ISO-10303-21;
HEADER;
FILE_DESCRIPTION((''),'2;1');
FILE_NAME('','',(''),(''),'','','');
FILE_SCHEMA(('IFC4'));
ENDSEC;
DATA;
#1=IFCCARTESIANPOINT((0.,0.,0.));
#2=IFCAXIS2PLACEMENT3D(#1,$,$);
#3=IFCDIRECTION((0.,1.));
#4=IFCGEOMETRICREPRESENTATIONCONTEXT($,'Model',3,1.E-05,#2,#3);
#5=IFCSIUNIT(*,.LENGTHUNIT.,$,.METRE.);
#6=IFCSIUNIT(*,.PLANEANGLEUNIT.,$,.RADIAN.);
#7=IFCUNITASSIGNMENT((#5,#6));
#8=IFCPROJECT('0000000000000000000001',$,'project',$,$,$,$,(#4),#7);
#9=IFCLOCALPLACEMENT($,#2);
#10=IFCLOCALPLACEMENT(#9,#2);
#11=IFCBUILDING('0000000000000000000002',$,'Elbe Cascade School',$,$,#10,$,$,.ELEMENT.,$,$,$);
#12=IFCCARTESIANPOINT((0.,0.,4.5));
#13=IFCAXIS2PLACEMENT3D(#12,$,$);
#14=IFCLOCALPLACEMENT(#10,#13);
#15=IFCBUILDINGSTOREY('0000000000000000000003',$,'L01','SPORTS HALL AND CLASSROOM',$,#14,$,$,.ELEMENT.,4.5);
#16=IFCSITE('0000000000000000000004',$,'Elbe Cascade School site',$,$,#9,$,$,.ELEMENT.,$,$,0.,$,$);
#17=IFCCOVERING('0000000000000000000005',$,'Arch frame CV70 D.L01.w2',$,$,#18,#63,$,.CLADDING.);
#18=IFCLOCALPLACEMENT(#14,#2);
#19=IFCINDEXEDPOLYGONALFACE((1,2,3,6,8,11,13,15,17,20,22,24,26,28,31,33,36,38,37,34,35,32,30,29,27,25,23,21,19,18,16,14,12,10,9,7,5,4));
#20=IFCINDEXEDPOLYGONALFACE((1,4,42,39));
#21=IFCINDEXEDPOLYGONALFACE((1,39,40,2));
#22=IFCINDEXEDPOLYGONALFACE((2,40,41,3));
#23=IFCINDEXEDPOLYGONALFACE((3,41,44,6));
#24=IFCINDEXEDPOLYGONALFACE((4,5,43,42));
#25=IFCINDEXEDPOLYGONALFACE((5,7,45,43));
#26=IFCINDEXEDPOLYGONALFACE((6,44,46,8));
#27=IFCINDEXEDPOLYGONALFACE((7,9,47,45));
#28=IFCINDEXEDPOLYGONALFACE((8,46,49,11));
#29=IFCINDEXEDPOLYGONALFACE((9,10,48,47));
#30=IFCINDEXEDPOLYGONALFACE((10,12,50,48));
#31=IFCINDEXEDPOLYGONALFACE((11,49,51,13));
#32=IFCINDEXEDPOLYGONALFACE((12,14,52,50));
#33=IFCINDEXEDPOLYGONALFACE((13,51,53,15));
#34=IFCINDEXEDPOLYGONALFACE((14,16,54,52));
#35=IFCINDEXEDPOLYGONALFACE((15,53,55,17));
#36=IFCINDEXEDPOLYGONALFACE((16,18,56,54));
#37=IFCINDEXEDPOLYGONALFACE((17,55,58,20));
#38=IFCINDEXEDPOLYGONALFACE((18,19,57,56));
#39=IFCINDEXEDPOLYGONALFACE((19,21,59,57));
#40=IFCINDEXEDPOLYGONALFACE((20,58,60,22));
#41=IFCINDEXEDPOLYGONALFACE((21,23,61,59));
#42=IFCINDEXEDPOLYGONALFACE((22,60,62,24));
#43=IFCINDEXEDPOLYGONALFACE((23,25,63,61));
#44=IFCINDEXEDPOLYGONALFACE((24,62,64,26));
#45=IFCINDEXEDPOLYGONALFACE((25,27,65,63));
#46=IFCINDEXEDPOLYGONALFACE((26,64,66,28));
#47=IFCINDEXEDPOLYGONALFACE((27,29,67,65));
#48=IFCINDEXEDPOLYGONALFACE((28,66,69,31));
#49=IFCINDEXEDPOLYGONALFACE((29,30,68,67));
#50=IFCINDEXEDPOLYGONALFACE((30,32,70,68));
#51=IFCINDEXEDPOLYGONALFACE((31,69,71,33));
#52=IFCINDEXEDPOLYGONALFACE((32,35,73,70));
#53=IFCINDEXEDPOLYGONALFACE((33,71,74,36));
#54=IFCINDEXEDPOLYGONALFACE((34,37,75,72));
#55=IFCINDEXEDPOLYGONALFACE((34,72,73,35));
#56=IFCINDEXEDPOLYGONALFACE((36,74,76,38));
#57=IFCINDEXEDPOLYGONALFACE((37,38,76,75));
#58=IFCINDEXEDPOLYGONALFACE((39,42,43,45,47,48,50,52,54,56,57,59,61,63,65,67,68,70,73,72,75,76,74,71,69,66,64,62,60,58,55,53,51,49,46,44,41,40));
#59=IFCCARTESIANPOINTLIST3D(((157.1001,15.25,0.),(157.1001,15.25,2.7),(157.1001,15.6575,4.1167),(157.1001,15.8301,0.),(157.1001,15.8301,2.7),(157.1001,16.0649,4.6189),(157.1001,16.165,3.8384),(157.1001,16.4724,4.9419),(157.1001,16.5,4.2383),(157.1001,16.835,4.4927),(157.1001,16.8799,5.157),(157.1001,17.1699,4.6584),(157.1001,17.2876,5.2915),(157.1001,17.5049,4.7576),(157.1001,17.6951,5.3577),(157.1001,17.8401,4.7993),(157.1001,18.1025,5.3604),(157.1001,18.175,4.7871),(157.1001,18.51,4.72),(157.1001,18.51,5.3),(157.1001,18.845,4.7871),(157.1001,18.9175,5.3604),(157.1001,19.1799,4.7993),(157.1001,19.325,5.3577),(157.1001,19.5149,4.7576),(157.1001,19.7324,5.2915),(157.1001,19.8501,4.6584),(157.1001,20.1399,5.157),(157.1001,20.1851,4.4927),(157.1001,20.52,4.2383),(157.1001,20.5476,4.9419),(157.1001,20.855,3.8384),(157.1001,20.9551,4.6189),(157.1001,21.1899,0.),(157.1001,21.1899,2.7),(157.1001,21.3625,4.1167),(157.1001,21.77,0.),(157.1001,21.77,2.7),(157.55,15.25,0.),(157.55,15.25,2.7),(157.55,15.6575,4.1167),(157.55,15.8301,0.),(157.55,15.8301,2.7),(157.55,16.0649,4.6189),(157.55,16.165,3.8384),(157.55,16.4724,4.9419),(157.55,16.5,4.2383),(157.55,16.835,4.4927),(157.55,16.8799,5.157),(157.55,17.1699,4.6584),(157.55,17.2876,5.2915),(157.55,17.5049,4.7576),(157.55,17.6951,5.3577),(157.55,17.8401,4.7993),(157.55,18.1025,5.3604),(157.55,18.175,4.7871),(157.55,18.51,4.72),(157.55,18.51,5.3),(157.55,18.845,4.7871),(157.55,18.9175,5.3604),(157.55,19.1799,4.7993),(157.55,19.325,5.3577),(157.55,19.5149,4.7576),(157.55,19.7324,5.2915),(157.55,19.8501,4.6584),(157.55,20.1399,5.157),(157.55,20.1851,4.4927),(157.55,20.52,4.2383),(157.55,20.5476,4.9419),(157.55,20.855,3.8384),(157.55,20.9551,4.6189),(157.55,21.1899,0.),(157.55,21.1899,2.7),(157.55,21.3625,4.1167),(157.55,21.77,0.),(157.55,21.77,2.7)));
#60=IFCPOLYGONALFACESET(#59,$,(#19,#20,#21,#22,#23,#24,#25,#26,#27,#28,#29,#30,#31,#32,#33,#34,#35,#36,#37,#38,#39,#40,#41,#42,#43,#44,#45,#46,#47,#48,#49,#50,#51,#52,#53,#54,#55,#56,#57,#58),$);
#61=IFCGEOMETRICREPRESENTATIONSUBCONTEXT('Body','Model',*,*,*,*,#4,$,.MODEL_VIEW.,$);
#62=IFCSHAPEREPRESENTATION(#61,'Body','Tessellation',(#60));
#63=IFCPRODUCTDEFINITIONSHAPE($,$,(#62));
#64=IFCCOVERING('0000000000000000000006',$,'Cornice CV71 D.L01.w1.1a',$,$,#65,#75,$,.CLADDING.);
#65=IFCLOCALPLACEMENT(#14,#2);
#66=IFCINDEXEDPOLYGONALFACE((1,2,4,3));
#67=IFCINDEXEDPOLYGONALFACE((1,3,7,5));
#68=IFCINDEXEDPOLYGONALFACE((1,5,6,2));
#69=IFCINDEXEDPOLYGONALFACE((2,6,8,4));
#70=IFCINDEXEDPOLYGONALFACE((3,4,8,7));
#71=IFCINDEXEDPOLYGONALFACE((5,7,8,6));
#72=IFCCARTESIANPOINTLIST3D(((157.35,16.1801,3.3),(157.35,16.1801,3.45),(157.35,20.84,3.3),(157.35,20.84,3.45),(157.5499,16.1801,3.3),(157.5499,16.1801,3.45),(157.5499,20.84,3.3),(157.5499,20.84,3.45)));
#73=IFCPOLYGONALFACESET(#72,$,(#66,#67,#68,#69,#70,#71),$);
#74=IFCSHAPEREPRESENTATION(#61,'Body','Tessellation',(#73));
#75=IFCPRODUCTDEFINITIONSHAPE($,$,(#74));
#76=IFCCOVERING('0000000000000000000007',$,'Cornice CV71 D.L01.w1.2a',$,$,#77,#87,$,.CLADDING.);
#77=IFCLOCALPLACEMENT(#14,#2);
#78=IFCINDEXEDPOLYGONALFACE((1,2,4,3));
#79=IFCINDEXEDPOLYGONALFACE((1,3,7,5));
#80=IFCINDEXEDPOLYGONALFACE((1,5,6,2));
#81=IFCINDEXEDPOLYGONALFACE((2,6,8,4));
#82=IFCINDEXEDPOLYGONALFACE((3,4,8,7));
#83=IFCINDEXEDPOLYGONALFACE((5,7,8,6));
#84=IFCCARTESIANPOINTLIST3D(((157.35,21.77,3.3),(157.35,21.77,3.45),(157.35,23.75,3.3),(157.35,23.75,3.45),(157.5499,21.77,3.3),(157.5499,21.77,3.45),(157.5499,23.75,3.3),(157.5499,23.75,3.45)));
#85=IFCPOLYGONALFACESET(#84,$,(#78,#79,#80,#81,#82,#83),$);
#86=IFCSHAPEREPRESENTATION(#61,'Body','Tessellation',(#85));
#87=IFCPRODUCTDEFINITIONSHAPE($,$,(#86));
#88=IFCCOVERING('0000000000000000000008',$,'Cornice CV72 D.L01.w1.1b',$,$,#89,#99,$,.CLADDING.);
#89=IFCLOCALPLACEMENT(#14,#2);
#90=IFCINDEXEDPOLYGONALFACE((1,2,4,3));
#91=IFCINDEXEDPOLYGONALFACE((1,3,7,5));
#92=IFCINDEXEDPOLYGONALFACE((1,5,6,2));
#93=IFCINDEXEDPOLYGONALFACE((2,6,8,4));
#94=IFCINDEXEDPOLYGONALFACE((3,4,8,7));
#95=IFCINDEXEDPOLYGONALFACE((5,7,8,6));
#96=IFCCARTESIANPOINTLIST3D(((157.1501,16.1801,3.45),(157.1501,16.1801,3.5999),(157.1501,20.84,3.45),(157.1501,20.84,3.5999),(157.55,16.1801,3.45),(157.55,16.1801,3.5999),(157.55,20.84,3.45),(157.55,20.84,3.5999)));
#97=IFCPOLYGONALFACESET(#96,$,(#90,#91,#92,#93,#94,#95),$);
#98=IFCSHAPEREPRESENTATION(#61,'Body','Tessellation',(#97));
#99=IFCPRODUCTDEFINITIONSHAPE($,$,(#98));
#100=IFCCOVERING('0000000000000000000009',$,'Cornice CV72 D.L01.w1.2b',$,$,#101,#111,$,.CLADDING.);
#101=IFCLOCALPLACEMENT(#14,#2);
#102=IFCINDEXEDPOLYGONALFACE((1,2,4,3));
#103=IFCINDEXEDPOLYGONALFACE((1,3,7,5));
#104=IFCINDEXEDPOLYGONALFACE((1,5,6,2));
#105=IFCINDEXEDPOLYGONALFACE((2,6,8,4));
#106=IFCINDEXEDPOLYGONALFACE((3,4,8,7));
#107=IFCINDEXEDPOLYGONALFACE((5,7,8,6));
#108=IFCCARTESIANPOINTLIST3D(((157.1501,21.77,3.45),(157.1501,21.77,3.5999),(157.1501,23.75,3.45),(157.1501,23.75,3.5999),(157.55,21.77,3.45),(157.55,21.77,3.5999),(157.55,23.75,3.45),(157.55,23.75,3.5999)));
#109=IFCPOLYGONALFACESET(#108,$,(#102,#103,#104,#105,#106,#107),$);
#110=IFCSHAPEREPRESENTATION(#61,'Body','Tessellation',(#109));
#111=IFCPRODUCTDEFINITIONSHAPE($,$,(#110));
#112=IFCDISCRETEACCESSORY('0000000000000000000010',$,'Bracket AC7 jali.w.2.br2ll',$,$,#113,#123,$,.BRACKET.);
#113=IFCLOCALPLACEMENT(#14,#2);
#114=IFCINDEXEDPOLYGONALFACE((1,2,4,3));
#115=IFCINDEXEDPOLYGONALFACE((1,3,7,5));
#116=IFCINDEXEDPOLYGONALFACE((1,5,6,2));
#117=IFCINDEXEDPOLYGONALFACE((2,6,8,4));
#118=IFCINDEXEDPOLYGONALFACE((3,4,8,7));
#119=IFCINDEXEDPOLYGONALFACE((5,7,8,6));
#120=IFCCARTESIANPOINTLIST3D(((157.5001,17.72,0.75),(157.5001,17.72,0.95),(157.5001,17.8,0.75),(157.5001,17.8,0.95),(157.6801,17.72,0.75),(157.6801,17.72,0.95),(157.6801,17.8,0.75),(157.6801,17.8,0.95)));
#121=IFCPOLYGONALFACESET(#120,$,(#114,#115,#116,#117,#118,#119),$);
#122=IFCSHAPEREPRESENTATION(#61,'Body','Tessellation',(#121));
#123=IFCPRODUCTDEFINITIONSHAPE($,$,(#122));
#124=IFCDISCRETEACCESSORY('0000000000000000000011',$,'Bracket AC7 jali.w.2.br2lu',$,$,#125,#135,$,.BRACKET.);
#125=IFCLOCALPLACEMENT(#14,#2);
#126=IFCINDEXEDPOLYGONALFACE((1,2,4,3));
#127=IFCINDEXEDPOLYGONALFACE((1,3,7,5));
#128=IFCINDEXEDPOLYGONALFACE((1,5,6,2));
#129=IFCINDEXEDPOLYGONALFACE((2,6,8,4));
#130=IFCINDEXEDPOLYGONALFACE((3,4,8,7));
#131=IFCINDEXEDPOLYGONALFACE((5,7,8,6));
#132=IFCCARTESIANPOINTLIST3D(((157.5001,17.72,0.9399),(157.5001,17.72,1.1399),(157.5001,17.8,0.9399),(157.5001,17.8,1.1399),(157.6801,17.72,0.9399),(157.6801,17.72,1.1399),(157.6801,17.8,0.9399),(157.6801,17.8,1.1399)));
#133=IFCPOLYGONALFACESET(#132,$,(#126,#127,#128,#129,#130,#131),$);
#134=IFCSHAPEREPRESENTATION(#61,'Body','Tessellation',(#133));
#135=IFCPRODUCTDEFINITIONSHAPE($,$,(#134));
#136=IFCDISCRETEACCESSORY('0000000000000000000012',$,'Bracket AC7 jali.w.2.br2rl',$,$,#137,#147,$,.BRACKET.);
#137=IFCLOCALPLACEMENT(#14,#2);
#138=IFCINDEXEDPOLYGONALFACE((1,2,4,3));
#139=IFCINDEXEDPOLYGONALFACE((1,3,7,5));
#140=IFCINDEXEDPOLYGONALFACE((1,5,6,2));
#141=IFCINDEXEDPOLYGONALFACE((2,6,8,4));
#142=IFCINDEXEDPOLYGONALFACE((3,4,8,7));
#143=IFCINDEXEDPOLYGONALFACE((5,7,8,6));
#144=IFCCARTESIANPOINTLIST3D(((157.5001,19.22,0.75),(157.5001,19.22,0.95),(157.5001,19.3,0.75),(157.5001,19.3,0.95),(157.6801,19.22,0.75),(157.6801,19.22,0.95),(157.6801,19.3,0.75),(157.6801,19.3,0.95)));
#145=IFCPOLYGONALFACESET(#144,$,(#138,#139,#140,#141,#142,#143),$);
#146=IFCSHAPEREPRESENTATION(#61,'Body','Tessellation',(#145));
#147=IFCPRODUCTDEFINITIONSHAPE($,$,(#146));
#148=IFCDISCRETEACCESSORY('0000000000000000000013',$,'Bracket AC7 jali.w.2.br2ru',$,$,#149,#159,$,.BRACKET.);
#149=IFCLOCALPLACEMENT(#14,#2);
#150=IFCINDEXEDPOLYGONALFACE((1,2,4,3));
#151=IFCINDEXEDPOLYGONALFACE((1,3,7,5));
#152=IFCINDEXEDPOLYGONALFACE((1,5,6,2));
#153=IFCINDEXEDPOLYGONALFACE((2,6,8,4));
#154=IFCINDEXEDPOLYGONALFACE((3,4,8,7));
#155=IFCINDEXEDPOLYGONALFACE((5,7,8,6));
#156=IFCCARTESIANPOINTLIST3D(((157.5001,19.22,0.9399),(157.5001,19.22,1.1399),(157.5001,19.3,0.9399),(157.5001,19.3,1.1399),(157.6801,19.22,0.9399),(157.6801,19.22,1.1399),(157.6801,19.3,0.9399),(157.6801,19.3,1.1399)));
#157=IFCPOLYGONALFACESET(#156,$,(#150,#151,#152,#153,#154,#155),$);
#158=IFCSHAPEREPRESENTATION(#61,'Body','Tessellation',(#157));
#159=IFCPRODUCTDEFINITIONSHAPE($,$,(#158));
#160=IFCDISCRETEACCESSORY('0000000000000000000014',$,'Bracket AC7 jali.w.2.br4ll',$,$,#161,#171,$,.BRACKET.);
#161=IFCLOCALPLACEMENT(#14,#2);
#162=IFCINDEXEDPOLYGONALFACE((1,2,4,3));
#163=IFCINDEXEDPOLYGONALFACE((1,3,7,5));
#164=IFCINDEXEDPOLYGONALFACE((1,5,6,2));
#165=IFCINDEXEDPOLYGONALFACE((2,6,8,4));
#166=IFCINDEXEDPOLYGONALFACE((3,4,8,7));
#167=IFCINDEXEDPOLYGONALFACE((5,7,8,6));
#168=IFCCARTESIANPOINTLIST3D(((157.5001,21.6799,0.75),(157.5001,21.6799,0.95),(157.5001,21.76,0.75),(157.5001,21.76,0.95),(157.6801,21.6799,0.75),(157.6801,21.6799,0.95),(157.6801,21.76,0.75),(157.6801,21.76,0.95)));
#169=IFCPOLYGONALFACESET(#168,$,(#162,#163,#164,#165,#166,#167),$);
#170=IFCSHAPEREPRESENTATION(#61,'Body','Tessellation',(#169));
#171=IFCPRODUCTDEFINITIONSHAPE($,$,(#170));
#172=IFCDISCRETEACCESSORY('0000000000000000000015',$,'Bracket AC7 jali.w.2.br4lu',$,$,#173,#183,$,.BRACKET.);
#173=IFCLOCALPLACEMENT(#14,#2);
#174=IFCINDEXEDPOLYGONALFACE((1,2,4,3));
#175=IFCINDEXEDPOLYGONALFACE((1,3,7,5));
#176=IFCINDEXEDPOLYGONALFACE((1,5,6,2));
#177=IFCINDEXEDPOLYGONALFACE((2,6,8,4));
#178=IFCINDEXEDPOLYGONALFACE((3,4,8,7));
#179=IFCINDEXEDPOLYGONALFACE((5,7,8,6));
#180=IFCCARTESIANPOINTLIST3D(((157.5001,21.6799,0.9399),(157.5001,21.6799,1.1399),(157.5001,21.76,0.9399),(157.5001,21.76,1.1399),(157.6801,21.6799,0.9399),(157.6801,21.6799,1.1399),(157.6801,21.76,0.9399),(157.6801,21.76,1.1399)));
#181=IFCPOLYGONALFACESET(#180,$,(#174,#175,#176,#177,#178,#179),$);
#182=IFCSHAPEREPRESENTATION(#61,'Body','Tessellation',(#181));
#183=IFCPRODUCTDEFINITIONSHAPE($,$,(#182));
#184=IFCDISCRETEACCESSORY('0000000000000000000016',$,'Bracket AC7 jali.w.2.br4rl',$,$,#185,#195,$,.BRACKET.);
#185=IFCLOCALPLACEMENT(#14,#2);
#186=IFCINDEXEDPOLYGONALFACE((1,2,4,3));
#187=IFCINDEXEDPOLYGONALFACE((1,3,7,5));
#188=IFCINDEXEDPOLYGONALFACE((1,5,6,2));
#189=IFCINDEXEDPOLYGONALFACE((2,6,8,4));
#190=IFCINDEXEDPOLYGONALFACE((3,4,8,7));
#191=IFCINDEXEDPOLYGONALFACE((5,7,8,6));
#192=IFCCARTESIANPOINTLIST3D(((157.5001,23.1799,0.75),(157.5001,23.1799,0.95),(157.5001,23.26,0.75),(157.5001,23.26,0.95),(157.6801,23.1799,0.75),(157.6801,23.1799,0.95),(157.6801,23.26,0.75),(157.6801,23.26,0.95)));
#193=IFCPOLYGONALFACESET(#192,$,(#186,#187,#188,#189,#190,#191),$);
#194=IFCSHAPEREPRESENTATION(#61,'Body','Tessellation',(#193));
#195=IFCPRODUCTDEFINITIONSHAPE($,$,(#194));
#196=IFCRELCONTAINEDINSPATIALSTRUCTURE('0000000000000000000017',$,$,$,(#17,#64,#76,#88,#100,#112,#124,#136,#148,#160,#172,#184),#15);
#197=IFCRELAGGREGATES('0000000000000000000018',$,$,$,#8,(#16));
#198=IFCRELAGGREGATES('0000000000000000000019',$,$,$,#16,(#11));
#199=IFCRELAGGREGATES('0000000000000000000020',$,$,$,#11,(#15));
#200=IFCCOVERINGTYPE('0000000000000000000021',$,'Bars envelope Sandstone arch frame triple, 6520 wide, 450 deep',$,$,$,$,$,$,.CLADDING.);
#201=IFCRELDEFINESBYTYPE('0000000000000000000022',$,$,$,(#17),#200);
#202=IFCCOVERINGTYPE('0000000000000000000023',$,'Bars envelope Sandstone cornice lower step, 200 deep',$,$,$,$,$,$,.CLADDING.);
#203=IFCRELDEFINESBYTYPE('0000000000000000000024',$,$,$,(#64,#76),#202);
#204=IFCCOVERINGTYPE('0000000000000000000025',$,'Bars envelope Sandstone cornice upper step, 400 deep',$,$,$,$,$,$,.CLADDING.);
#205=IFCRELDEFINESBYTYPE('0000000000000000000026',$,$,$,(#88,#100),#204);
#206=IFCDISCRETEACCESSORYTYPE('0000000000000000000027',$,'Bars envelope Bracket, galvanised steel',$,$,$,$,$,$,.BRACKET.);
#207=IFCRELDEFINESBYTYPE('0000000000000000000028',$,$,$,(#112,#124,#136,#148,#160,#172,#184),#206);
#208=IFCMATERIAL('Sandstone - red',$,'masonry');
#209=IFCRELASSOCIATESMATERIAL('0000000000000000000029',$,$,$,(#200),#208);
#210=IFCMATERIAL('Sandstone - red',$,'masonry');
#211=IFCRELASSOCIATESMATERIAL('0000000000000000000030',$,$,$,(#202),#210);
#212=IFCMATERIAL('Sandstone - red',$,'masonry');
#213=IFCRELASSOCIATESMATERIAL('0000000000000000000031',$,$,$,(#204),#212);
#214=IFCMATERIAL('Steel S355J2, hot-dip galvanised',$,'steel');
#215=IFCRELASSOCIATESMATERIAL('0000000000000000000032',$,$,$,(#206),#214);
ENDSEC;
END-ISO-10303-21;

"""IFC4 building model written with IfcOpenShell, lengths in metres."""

from ifc_helpers import new_model, si_unit, direction, frame, origin, origin_2d, place, context, subcontext, project, spatial, polyline, rectangle, outline, extrude, material, type_object, element, save


model = new_model("IFC4")

# Units and contexts
model_context = context("Model", 3, precision=1e-05, world=origin(), true_north=direction((0.0, 1.0)))
body_context = subcontext(model_context, "Body", "Model", "MODEL_VIEW")
ifc_project = project(units=[si_unit("LENGTHUNIT", "METRE"), si_unit("PLANEANGLEUNIT", "RADIAN")], contexts=[model_context])

# Site, building, storey
site_placement = place(None, origin())
site = spatial("IfcSite", under=ifc_project, at=site_placement, Name="Elbe Cascade School site", CompositionType="ELEMENT", RefElevation=0.0)
building_placement = place(site_placement, origin())
building = spatial("IfcBuilding", under=site, at=building_placement, Name="Elbe Cascade School", CompositionType="ELEMENT")
storey_placement = place(building_placement, frame((0.0, 0.0, 4.5)))
storey = spatial("IfcBuildingStorey", under=building, at=storey_placement, Name="L01", Description="SPORTS HALL AND CLASSROOM", CompositionType="ELEMENT", Elevation=4.5)

# Coverings
ifc_material_1 = material(Name="Sandstone - red", Category="masonry")
covering_type_1 = type_object("IfcCoveringType", Name="Bars envelope Sandstone arch frame triple, 6520 wide, 450 deep", PredefinedType="CLADDING", material=ifc_material_1)
covering_1_placement = place(storey_placement, frame((157.1001, 15.25, 0.0), z_axis=(-1.0, 0.0, 0.0), x_axis=(0.0, 0.0, 1.0)))
element("IfcCovering", 1, at=covering_1_placement, inside=storey, type_object=covering_type_1, Name="Arch frame CV70 D.L01.w2", PredefinedType="CLADDING", context=body_context, shape_type="SweptSolid", body=[
    extrude(outline(polyline([(0.0, 0.0), (2.7, 0.0), (4.1167, 0.4075), (4.6189, 0.8149), (4.9419, 1.2224), (5.157, 1.6299), (5.2915, 2.0376), (5.3577, 2.4451), (5.3604, 2.8525), (5.3, 3.26), (5.3604, 3.6675), (5.3577, 4.075), (5.2915, 4.4824), (5.157, 4.8899), (4.9419, 5.2976), (4.6189, 5.7051), (4.1167, 6.1125), (2.7, 6.52), (0.0, 6.52), (0.0, 5.9399), (2.7, 5.9399), (3.8384, 5.605), (4.2383, 5.27), (4.4927, 4.9351), (4.6584, 4.6001), (4.7576, 4.2649), (4.7993, 3.9299), (4.7871, 3.595), (4.72, 3.26), (4.7871, 2.925), (4.7993, 2.5901), (4.7576, 2.2549), (4.6584, 1.9199), (4.4927, 1.585), (4.2383, 1.25), (3.8384, 0.915), (2.7, 0.5801), (0.0, 0.5801), (0.0, 0.0)])), origin(), (0.0, 0.0, -1.0), 0.45),
])
ifc_material_2 = material(Name="Sandstone - red", Category="masonry")
covering_type_2 = type_object("IfcCoveringType", Name="Bars envelope Sandstone cornice lower step, 200 deep", PredefinedType="CLADDING", material=ifc_material_2)
covering_2_placement = place(storey_placement, frame((157.45, 18.51, 3.3), z_axis=(0.0, 0.0, 1.0), x_axis=(0.0, 1.0, 0.0)))
element("IfcCovering", 2, at=covering_2_placement, inside=storey, type_object=covering_type_2, Name="Cornice CV71 D.L01.w1.1a", PredefinedType="CLADDING", context=body_context, shape_type="SweptSolid", body=[
    extrude(rectangle(XDim=4.6599, YDim=0.2, at=origin_2d()), origin(), (0.0, 0.0, 1.0), 0.1499),
])
covering_3_placement = place(storey_placement, frame((157.45, 22.76, 3.3), z_axis=(0.0, 0.0, 1.0), x_axis=(0.0, 1.0, 0.0)))
element("IfcCovering", 3, at=covering_3_placement, inside=storey, type_object=covering_type_2, Name="Cornice CV71 D.L01.w1.2a", PredefinedType="CLADDING", context=body_context, shape_type="SweptSolid", body=[
    extrude(rectangle(XDim=1.98, YDim=0.2, at=origin_2d()), origin(), (0.0, 0.0, 1.0), 0.1499),
])
ifc_material_3 = material(Name="Sandstone - red", Category="masonry")
covering_type_3 = type_object("IfcCoveringType", Name="Bars envelope Sandstone cornice upper step, 400 deep", PredefinedType="CLADDING", material=ifc_material_3)
covering_4_placement = place(storey_placement, frame((157.3501, 18.51, 3.45), z_axis=(0.0, 0.0, 1.0), x_axis=(0.0, 1.0, 0.0)))
element("IfcCovering", 4, at=covering_4_placement, inside=storey, type_object=covering_type_3, Name="Cornice CV72 D.L01.w1.1b", PredefinedType="CLADDING", context=body_context, shape_type="SweptSolid", body=[
    extrude(rectangle(XDim=4.6599, YDim=0.3999, at=origin_2d()), origin(), (0.0, 0.0, 1.0), 0.1499),
])
covering_5_placement = place(storey_placement, frame((157.3501, 22.76, 3.45), z_axis=(0.0, 0.0, 1.0), x_axis=(0.0, 1.0, 0.0)))
element("IfcCovering", 5, at=covering_5_placement, inside=storey, type_object=covering_type_3, Name="Cornice CV72 D.L01.w1.2b", PredefinedType="CLADDING", context=body_context, shape_type="SweptSolid", body=[
    extrude(rectangle(XDim=1.98, YDim=0.3999, at=origin_2d()), origin(), (0.0, 0.0, 1.0), 0.1499),
])

# Discrete accessories
ifc_material_4 = material(Name="Steel S355J2, hot-dip galvanised", Category="steel")
discrete_accessory_type = type_object("IfcDiscreteAccessoryType", Name="Bars envelope Bracket, galvanised steel", PredefinedType="BRACKET", material=ifc_material_4)
for number, where, z_axis, x_axis, name in (
    (6, (157.5901, 17.76, 0.75), (0.0, 0.0, 1.0), (0.0, 1.0, 0.0), "Bracket AC7 jali.w.2.br2ll"),
    (7, (157.5901, 17.76, 0.9399), (0.0, 0.0, 1.0), (0.0, 1.0, 0.0), "Bracket AC7 jali.w.2.br2lu"),
    (8, (157.5901, 19.26, 0.75), (0.0, 0.0, 1.0), (0.0, 1.0, 0.0), "Bracket AC7 jali.w.2.br2rl"),
    (9, (157.5901, 19.26, 0.9399), (0.0, 0.0, 1.0), (0.0, 1.0, 0.0), "Bracket AC7 jali.w.2.br2ru"),
    (10, (157.5901, 21.72, 0.75), (0.0, 0.0, 1.0), (0.0, 1.0, 0.0), "Bracket AC7 jali.w.2.br4ll"),
    (11, (157.5901, 21.72, 0.9399), (0.0, 0.0, 1.0), (0.0, 1.0, 0.0), "Bracket AC7 jali.w.2.br4lu"),
    (12, (157.5901, 23.22, 0.75), (0.0, 0.0, 1.0), (0.0, 1.0, 0.0), "Bracket AC7 jali.w.2.br4rl"),
):
    element("IfcDiscreteAccessory", number, at=place(storey_placement, frame(where, z_axis=z_axis, x_axis=x_axis)), inside=storey, type_object=discrete_accessory_type, Name=name, PredefinedType="BRACKET", context=body_context, shape_type="SweptSolid", body=[
        extrude(rectangle(XDim=0.0801, YDim=0.1799, at=origin_2d()), origin(), (0.0, 0.0, 1.0), 0.2),
    ])

save(model, "model.ifc")
